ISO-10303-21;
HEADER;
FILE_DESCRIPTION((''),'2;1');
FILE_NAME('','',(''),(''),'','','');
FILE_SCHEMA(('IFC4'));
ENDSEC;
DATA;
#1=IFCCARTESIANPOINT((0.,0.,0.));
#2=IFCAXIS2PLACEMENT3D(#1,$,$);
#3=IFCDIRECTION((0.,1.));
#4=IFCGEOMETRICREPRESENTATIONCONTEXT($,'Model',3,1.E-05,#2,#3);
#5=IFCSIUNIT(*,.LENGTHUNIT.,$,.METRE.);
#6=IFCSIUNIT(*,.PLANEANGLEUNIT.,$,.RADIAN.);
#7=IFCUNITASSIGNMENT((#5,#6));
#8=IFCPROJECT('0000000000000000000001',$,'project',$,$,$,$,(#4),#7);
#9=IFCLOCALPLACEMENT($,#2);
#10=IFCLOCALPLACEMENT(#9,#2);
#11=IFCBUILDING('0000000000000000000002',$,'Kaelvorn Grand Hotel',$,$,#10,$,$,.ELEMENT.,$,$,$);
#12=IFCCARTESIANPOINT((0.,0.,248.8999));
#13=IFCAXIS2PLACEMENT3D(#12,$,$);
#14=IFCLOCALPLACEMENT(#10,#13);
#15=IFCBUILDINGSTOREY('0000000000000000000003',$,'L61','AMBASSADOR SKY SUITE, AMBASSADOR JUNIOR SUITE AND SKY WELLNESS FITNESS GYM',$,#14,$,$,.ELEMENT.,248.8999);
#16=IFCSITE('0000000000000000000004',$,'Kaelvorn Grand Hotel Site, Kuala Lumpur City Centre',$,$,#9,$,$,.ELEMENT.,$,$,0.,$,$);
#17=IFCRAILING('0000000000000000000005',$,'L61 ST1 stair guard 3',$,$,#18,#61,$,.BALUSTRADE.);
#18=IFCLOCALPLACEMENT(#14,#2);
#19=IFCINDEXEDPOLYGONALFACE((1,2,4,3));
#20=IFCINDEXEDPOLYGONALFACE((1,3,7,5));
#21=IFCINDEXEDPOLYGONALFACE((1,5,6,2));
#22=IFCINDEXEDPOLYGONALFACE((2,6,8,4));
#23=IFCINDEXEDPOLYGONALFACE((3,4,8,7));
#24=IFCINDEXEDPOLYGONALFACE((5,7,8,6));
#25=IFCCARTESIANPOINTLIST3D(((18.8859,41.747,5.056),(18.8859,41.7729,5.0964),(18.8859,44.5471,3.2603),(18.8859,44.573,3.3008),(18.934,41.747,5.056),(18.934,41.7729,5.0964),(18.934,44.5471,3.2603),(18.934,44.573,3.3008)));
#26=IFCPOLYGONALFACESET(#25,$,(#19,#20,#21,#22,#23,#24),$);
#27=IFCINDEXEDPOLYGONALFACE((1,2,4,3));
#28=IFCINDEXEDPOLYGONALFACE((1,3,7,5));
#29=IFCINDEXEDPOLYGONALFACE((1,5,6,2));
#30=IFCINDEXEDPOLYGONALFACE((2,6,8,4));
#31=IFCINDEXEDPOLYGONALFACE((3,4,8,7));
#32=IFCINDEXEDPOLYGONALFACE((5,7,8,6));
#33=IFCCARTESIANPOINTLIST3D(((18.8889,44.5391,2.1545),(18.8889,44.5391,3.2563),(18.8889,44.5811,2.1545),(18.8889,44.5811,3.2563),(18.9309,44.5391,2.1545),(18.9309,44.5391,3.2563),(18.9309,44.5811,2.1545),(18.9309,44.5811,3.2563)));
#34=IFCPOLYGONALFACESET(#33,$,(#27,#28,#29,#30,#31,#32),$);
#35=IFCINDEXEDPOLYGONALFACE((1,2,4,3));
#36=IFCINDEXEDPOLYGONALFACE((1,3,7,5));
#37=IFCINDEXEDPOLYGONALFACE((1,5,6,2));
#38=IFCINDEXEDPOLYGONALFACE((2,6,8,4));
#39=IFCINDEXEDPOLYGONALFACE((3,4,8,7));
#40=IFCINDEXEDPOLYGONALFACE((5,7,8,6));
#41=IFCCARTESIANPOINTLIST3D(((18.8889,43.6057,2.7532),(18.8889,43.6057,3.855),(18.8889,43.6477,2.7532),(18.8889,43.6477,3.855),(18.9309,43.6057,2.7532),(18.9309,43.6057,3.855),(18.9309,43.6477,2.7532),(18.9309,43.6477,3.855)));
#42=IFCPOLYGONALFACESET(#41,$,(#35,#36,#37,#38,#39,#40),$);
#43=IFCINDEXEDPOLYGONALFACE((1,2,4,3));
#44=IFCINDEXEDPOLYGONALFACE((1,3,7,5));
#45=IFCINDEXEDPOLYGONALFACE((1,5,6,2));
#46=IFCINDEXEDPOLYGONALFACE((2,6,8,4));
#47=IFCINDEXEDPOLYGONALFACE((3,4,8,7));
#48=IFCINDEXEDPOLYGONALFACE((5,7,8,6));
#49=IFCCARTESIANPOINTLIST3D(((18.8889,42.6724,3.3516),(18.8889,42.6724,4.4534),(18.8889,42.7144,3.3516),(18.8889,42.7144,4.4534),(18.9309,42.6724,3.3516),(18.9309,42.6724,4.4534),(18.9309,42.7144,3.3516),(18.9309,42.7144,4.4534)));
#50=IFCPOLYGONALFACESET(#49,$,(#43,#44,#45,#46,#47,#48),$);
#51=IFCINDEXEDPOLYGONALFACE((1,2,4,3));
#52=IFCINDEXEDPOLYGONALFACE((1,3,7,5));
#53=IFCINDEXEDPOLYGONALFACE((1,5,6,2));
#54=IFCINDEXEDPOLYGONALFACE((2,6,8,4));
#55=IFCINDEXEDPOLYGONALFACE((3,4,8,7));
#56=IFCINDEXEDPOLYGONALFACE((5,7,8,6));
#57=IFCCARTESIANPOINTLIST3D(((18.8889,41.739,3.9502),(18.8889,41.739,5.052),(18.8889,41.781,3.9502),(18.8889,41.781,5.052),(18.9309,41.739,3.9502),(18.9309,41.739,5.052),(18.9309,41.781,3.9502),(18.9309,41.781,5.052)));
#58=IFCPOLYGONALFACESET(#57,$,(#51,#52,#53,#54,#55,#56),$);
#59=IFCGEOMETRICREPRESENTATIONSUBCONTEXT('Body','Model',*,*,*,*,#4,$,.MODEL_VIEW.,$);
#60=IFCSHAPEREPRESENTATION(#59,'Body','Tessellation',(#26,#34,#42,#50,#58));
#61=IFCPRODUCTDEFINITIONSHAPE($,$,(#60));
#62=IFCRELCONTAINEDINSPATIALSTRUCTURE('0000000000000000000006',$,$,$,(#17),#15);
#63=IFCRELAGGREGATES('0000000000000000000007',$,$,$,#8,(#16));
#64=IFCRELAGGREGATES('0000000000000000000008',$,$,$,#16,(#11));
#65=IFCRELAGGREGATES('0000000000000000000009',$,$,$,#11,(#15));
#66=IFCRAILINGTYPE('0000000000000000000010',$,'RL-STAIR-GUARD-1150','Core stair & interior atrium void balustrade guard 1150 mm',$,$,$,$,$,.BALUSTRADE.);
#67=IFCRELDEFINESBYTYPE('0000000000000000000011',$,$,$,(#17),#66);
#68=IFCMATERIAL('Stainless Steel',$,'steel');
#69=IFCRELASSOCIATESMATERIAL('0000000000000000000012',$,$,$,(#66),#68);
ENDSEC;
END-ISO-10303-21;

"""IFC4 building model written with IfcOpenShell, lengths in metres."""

from ifc_helpers import new_model, si_unit, direction, frame, origin, origin_2d, place, context, subcontext, project, spatial, rectangle, extrude, material, type_object, element, save


model = new_model("IFC4")

# Units and contexts
model_context = context("Model", 3, precision=1e-05, world=origin(), true_north=direction((0.0, 1.0)))
body_context = subcontext(model_context, "Body", "Model", "MODEL_VIEW")
ifc_project = project(units=[si_unit("LENGTHUNIT", "METRE"), si_unit("PLANEANGLEUNIT", "RADIAN")], contexts=[model_context])

# Site, building, storey
site_placement = place(None, origin())
site = spatial("IfcSite", under=ifc_project, at=site_placement, Name="Kaelvorn Grand Hotel Site, Kuala Lumpur City Centre", CompositionType="ELEMENT", RefElevation=0.0)
building_placement = place(site_placement, origin())
building = spatial("IfcBuilding", under=site, at=building_placement, Name="Kaelvorn Grand Hotel", CompositionType="ELEMENT")
storey_placement = place(building_placement, frame((0.0, 0.0, 248.8999)))
storey = spatial("IfcBuildingStorey", under=building, at=storey_placement, Name="L61", Description="AMBASSADOR SKY SUITE, AMBASSADOR JUNIOR SUITE AND SKY WELLNESS FITNESS GYM", CompositionType="ELEMENT", Elevation=248.8999)

# Railing
ifc_material_1 = material(Name="Stainless Steel", Category="steel")
railing_type_1 = type_object("IfcRailingType", Name="RL-STAIR-GUARD-1150", Description="Core stair & interior atrium void balustrade guard 1150 mm", PredefinedType="BALUSTRADE", material=ifc_material_1)
railing_1_placement = place(storey_placement, frame((18.9099, 44.5601, 2.1545)))
element("IfcRailing", 1, at=railing_1_placement, inside=storey, type_object=railing_type_1, Name="L61 ST1 stair guard 3", PredefinedType="BALUSTRADE", context=body_context, shape_type="SweptSolid", body=[
    extrude(rectangle(XDim=0.0481, YDim=0.0481, at=origin_2d()), frame((0.0, 0.0, 1.126), z_axis=(0.0, -0.841777, 0.539826), x_axis=(1.0, 0.0, 0.0)), (0.0, 0.0, 1.0), 3.3264),
    extrude(rectangle(XDim=0.042, YDim=0.042, at=origin_2d()), origin(), (0.0, 0.0, 1.0), 1.1018),
    extrude(rectangle(XDim=0.042, YDim=0.042, at=origin_2d()), frame((0.0, -0.9333, 0.5986)), (0.0, 0.0, 1.0), 1.1018),
    extrude(rectangle(XDim=0.042, YDim=0.042, at=origin_2d()), frame((0.0, -1.8667, 1.197)), (0.0, 0.0, 1.0), 1.1018),
    extrude(rectangle(XDim=0.042, YDim=0.042, at=origin_2d()), frame((0.0, -2.8, 1.7957)), (0.0, 0.0, 1.0), 1.1018),
])

save(model, "model.ifc")
